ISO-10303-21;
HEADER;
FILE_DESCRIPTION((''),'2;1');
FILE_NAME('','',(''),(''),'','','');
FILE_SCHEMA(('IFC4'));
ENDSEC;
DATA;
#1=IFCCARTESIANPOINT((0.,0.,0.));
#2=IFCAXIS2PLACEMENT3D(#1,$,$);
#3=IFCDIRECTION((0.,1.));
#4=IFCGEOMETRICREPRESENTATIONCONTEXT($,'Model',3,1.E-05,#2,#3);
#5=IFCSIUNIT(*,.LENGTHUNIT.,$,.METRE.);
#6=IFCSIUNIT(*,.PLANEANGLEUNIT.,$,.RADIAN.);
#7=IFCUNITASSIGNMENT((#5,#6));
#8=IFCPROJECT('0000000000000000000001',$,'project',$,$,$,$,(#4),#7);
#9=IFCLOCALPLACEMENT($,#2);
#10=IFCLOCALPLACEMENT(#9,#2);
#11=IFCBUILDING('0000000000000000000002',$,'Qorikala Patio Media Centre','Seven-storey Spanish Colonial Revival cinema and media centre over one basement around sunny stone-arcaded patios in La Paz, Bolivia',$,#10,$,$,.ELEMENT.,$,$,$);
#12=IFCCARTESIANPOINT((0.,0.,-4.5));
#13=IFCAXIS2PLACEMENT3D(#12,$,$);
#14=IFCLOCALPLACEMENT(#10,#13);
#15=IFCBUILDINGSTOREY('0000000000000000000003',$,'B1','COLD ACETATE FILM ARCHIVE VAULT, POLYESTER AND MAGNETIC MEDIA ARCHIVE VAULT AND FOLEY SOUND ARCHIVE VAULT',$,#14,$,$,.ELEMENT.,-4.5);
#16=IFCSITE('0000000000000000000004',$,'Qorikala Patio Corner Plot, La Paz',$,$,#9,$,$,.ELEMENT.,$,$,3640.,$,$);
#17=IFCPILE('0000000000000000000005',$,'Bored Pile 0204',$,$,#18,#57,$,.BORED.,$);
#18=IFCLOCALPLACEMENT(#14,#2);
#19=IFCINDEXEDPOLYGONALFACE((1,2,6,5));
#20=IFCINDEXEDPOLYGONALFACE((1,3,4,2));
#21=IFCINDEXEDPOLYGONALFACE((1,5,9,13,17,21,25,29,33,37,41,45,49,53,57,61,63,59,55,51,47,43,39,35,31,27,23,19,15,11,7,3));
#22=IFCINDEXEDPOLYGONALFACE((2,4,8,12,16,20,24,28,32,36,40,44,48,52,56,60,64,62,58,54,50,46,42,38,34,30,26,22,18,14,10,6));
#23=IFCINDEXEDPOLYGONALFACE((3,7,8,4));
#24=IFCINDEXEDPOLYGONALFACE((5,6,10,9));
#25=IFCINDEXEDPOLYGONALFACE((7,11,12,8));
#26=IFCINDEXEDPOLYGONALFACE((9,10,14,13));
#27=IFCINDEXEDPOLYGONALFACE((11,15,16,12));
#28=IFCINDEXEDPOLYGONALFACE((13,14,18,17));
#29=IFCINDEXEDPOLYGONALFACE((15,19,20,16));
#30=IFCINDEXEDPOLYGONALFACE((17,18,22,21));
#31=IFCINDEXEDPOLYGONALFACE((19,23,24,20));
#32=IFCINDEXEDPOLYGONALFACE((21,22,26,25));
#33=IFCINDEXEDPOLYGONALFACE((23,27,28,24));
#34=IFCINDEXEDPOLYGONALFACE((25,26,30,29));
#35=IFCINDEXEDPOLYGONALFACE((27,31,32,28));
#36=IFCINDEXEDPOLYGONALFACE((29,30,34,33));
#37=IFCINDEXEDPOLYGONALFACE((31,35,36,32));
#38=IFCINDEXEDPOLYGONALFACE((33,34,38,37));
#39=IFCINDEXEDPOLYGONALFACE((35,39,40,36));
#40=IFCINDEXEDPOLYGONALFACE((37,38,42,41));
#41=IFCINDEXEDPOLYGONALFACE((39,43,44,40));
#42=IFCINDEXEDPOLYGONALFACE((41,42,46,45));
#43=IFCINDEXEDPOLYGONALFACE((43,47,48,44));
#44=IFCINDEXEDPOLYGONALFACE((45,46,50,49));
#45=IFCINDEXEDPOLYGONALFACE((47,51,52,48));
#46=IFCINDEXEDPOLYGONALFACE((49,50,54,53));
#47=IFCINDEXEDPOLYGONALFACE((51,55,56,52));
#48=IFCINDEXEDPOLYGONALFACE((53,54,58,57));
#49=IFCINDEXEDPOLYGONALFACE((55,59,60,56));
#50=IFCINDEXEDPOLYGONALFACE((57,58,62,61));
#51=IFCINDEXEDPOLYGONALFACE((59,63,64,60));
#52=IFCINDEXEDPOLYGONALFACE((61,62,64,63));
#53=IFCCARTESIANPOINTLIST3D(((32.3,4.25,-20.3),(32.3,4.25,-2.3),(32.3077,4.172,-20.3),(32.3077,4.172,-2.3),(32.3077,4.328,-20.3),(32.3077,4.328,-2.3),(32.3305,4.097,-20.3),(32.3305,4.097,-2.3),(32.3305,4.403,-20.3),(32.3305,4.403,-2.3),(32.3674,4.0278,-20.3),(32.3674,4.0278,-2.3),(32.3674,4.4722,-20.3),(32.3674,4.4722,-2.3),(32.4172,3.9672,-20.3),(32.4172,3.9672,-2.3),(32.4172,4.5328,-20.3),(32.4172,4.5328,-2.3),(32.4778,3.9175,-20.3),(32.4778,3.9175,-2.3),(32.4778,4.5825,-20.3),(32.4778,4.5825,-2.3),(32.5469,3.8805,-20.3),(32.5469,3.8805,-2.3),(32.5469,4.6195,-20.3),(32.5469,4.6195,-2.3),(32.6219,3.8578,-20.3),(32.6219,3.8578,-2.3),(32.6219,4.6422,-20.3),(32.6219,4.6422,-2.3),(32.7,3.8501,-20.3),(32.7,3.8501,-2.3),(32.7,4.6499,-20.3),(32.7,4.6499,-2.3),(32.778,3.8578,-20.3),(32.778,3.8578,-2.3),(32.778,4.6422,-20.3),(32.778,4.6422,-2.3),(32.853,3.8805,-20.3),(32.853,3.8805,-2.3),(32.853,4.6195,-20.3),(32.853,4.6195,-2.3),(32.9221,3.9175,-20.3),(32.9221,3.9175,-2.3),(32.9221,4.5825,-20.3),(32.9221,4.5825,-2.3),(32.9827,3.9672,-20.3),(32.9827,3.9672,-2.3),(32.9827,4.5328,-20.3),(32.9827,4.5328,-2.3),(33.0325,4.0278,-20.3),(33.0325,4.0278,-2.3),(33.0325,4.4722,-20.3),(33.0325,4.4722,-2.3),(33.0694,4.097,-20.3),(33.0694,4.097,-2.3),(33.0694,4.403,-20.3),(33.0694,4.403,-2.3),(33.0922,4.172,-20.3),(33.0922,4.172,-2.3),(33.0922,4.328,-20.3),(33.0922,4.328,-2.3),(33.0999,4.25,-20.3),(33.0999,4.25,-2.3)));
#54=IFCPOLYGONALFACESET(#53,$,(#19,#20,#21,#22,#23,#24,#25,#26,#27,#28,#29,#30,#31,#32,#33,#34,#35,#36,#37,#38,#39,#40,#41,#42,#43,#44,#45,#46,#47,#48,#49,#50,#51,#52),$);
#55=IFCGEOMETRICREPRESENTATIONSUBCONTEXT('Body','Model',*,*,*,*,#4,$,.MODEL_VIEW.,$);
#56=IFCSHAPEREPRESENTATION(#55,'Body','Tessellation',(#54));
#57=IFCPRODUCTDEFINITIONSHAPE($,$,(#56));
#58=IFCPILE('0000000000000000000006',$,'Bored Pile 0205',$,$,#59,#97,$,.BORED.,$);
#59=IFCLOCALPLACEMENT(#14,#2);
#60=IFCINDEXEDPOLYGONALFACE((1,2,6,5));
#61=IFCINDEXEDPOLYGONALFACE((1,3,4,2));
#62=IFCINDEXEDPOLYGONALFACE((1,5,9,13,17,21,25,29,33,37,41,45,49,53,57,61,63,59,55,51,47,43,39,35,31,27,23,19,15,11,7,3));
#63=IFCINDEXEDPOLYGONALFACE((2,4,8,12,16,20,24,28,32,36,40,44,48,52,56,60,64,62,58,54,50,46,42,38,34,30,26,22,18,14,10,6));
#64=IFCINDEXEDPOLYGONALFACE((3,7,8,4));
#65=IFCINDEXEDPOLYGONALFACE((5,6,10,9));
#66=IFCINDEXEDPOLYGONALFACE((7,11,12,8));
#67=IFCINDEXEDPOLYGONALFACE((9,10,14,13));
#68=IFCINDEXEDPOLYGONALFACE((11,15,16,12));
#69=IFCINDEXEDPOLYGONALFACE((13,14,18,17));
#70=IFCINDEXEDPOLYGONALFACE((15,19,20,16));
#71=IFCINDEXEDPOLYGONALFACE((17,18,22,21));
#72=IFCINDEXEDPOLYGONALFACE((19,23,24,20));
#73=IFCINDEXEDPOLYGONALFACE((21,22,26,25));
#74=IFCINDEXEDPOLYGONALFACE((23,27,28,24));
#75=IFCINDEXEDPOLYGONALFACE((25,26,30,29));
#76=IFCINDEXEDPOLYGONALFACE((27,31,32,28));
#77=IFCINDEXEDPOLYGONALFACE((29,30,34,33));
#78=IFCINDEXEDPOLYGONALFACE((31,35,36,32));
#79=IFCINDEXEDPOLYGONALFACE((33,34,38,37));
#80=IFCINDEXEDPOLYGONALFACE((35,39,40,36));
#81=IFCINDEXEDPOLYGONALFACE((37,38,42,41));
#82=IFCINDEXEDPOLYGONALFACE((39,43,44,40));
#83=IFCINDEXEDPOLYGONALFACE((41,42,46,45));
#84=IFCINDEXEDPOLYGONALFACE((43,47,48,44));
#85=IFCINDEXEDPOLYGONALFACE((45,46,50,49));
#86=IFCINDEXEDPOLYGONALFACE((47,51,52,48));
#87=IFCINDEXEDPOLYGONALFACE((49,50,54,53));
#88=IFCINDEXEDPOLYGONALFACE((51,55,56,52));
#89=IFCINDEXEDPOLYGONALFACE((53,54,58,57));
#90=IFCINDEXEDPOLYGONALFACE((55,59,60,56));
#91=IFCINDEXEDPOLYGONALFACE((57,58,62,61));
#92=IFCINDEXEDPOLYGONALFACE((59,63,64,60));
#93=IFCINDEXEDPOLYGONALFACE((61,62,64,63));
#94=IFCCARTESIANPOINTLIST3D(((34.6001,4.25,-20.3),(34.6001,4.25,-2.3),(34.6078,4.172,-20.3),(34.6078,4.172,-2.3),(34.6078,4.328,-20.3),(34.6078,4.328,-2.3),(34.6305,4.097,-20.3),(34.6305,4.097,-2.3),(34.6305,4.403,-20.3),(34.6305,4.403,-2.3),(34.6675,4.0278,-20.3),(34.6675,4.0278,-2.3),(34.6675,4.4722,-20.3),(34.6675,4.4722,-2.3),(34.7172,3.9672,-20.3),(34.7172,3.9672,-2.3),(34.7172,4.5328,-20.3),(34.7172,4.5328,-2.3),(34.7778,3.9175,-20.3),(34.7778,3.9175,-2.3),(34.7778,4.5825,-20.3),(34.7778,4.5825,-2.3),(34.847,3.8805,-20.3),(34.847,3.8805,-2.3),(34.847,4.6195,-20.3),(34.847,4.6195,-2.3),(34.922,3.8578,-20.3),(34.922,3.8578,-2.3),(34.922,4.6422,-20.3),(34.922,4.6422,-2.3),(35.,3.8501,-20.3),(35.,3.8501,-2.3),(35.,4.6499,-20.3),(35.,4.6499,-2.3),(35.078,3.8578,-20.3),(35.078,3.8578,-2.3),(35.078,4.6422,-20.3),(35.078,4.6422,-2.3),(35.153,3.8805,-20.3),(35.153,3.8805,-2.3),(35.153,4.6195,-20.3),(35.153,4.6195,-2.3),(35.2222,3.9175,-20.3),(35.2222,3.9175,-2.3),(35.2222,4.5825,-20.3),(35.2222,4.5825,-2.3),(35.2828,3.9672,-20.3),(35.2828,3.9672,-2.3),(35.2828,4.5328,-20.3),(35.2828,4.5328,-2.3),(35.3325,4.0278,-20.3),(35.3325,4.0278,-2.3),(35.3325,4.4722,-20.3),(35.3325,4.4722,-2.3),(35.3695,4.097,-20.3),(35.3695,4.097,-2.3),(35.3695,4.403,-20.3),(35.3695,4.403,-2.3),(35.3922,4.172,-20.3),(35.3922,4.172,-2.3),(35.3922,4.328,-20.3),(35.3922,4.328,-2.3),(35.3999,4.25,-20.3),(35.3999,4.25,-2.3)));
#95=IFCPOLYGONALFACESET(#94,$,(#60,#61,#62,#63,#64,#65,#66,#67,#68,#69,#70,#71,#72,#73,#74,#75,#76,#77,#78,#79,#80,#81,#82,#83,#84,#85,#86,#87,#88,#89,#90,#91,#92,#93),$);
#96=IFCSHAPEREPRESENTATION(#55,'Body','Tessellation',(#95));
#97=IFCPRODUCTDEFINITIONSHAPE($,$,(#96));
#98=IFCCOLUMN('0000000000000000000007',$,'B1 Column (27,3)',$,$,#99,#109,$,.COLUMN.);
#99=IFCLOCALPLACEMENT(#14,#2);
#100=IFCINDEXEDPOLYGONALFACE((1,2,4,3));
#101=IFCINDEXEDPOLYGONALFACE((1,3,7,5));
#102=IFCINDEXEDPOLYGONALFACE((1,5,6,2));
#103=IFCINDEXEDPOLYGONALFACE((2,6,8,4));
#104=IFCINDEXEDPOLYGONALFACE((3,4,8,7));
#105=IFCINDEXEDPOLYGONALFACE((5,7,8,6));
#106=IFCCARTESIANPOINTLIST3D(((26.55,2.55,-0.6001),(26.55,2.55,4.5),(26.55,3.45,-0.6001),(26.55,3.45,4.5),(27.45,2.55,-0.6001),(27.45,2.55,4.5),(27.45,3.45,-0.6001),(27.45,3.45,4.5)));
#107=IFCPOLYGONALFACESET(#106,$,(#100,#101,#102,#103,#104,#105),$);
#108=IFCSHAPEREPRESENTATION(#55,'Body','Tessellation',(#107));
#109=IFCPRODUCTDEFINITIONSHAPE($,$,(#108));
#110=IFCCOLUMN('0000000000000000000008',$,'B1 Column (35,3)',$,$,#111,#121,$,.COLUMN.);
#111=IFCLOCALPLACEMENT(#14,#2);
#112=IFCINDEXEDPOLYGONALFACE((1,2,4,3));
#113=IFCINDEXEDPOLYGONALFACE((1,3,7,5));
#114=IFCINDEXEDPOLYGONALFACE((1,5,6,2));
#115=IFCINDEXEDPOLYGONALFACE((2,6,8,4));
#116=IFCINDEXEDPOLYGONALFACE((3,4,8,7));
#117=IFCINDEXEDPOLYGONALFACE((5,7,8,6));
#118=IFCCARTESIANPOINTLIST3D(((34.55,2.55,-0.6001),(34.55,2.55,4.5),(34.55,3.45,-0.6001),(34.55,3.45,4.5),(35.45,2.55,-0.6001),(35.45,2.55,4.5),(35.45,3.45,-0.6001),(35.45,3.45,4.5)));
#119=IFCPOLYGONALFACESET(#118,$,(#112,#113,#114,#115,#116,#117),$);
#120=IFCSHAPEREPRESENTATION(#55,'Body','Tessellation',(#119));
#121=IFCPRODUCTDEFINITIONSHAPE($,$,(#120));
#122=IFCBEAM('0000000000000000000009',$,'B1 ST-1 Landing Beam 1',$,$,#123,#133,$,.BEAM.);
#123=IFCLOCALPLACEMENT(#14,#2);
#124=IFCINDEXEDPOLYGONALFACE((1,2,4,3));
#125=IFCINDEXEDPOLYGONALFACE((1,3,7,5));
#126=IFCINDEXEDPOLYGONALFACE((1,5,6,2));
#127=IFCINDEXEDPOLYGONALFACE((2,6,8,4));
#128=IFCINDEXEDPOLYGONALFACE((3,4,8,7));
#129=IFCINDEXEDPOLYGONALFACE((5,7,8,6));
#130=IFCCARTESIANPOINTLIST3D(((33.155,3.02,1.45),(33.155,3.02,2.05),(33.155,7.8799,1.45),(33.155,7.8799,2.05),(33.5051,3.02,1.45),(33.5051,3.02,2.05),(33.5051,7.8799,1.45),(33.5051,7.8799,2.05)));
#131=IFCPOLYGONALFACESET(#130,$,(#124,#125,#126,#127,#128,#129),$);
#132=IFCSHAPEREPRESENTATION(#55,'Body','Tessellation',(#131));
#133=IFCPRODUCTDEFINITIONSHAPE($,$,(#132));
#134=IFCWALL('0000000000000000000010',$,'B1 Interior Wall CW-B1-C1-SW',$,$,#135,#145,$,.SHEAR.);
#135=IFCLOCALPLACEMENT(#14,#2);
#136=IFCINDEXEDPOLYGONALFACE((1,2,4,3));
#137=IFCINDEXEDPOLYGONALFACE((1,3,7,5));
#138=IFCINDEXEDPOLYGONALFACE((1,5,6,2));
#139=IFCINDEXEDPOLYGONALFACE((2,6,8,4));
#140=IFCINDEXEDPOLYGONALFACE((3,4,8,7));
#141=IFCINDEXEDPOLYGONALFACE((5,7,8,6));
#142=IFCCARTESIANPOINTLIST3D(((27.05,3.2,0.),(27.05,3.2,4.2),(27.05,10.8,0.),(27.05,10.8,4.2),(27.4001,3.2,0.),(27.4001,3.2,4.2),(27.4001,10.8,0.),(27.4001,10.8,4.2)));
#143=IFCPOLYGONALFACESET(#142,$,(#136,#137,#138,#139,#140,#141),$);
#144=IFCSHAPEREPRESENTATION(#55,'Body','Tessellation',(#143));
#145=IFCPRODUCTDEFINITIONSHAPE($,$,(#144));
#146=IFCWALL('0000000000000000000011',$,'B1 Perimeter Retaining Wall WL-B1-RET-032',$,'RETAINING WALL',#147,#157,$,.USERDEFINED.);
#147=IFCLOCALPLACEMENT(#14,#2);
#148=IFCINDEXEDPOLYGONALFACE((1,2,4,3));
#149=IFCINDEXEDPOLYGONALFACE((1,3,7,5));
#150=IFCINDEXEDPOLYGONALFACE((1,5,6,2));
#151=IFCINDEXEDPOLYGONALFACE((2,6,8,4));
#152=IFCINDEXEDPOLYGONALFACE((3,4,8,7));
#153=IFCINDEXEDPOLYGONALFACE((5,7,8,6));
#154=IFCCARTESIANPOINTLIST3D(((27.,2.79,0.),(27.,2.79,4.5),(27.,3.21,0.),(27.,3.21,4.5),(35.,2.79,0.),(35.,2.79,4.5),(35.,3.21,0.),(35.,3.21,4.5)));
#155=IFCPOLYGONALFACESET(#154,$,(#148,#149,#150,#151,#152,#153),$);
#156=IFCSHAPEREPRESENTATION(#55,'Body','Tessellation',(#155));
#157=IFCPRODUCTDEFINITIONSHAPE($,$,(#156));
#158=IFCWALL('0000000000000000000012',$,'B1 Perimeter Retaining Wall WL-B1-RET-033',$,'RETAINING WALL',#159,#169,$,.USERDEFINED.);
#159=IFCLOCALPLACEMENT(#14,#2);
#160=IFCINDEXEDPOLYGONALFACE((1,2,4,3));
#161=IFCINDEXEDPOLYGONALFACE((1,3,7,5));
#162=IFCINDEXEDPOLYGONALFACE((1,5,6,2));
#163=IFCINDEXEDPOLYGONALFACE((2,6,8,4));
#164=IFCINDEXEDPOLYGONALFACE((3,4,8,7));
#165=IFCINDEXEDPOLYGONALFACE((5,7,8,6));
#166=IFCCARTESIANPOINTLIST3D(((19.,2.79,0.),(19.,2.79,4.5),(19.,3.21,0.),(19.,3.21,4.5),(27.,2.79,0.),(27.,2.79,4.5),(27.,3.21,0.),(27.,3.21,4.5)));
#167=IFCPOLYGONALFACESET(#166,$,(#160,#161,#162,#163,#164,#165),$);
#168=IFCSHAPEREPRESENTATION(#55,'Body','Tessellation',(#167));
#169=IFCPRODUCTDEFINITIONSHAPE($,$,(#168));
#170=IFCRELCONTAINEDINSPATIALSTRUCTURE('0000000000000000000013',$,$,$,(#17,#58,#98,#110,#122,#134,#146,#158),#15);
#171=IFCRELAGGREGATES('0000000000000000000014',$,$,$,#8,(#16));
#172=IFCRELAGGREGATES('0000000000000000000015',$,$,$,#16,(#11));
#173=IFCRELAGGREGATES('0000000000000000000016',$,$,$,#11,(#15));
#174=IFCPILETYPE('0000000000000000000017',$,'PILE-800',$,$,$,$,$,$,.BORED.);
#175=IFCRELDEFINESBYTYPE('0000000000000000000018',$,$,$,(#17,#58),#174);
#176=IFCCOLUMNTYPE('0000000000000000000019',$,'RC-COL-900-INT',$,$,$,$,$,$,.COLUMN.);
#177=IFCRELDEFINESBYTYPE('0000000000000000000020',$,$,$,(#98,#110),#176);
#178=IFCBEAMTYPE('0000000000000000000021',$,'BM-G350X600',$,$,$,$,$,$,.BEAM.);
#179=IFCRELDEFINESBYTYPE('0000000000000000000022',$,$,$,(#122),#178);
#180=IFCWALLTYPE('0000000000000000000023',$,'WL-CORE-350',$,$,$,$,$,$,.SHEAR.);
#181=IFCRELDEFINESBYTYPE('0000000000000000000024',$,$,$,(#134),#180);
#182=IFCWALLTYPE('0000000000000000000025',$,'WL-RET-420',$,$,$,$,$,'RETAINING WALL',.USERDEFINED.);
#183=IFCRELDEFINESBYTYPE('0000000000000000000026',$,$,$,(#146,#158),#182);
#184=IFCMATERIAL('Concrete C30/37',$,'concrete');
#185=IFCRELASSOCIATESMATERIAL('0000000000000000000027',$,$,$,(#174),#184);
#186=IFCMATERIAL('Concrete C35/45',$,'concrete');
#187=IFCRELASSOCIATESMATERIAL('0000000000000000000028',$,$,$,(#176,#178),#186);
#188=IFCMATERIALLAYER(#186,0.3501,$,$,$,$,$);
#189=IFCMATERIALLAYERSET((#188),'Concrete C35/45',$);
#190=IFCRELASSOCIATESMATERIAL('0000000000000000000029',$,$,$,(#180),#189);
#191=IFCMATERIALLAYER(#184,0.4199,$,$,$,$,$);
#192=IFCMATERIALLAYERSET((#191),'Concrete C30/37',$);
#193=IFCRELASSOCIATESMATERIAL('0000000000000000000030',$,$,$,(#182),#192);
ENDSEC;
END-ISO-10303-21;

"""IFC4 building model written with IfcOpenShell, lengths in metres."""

from ifc_helpers import new_model, si_unit, direction, frame, frame_2d, origin, origin_2d, place, context, subcontext, project, spatial, rectangle, circle, extrude, material, layer, layer_set, material_profile, profile_set, type_object, element, save


model = new_model("IFC4")

# Units and contexts
model_context = context("Model", 3, precision=1e-05, world=origin(), true_north=direction((0.0, 1.0)))
body_context = subcontext(model_context, "Body", "Model", "MODEL_VIEW")
ifc_project = project(units=[si_unit("LENGTHUNIT", "METRE"), si_unit("PLANEANGLEUNIT", "RADIAN")], contexts=[model_context])

# Site, building, storey
site_placement = place(None, origin())
site = spatial("IfcSite", under=ifc_project, at=site_placement, Name="Qorikala Patio Corner Plot, La Paz", CompositionType="ELEMENT", RefElevation=3640.0)
building_placement = place(site_placement, origin())
building = spatial("IfcBuilding", under=site, at=building_placement, Name="Qorikala Patio Media Centre", Description="Seven-storey Spanish Colonial Revival cinema and media centre over one basement around sunny stone-arcaded patios in La Paz, Bolivia", CompositionType="ELEMENT")
storey_placement = place(building_placement, frame((0.0, 0.0, -4.5)))
storey = spatial("IfcBuildingStorey", under=building, at=storey_placement, Name="B1", Description="COLD ACETATE FILM ARCHIVE VAULT, POLYESTER AND MAGNETIC MEDIA ARCHIVE VAULT AND FOLEY SOUND ARCHIVE VAULT", CompositionType="ELEMENT", Elevation=-4.5)

# Shared definitions
ifc_material_1 = material(Name="Concrete C30/37", Category="concrete")

# Piles
ifc_material_profile_1 = material_profile(ifc_material_1, circle(Radius=0.3999, at=origin_2d()), Name="BORED PILE 800")
ifc_profile_set_1 = profile_set([ifc_material_profile_1], Name="Concrete C30/37")
pile_type = type_object("IfcPileType", Name="PILE-800", PredefinedType="BORED", material=ifc_profile_set_1)
for number, where, z_axis, x_axis, name in (
    (1, (32.7, 4.25, -2.3), (0.0, 0.0, -1.0), (1.0, 0.0, 0.0), "Bored Pile 0204"),
    (2, (35.0, 4.25, -2.3), (0.0, 0.0, -1.0), (1.0, 0.0, 0.0), "Bored Pile 0205"),
):
    element("IfcPile", number, at=place(storey_placement, frame(where, z_axis=z_axis, x_axis=x_axis)), inside=storey, type_object=pile_type, Name=name, PredefinedType="BORED", context=body_context, shape_type="SweptSolid", body=[
        extrude(circle(Radius=0.3999, at=origin_2d()), origin(), (0.0, 0.0, 1.0), 18.0),
    ])

# Columns
ifc_material_2 = material(Name="Concrete C35/45", Category="concrete")
ifc_material_profile_2 = material_profile(ifc_material_2, rectangle(XDim=0.8999, YDim=0.8999, at=origin_2d()), Name="RC 900x900")
ifc_profile_set_2 = profile_set([ifc_material_profile_2], Name="Concrete C35/45")
column_type = type_object("IfcColumnType", Name="RC-COL-900-INT", PredefinedType="COLUMN", material=ifc_profile_set_2)
for number, where, z_axis, x_axis, name in (
    (3, (27.0, 3.0, -0.6001), (0.0, 0.0, 1.0), (1.0, 0.0, 0.0), "B1 Column (27,3)"),
    (4, (35.0, 3.0, -0.6001), (0.0, 0.0, 1.0), (1.0, 0.0, 0.0), "B1 Column (35,3)"),
):
    element("IfcColumn", number, at=place(storey_placement, frame(where, z_axis=z_axis, x_axis=x_axis)), inside=storey, type_object=column_type, Name=name, PredefinedType="COLUMN", context=body_context, shape_type="SweptSolid", body=[
        extrude(rectangle(XDim=0.8999, YDim=0.8999, at=origin_2d()), origin(), (0.0, 0.0, 1.0), 5.1001),
    ])

# Beam
ifc_material_profile_3 = material_profile(ifc_material_2, rectangle(XDim=0.3501, YDim=0.6001, at=origin_2d()), Name="RC 350x600")
ifc_profile_set_3 = profile_set([ifc_material_profile_3], Name="Concrete C35/45")
beam_type = type_object("IfcBeamType", Name="BM-G350X600", PredefinedType="BEAM", material=ifc_profile_set_3)
beam_placement = place(storey_placement, frame((33.3301, 3.02, 1.75), z_axis=(0.0, 1.0, 0.0), x_axis=(-1.0, 0.0, 0.0)))
element("IfcBeam", 5, at=beam_placement, inside=storey, type_object=beam_type, Name="B1 ST-1 Landing Beam 1", PredefinedType="BEAM", context=body_context, shape_type="SweptSolid", body=[
    extrude(rectangle(XDim=0.3501, YDim=0.6001, at=origin_2d()), origin(), (0.0, 0.0, 1.0), 4.8599),
])

# Walls
ifc_layer_1 = layer(ifc_material_2, 0.3501)
ifc_layer_set_1 = layer_set([ifc_layer_1], Name="Concrete C35/45")
wall_type_1 = type_object("IfcWallType", Name="WL-CORE-350", PredefinedType="SHEAR", material=ifc_layer_set_1)
wall_placement = place(storey_placement, frame((27.2251, 3.2, 0.0), z_axis=(0.0, 0.0, 1.0), x_axis=(0.0, 1.0, 0.0)))
element("IfcWall", 6, at=wall_placement, inside=storey, type_object=wall_type_1, Name="B1 Interior Wall CW-B1-C1-SW", PredefinedType="SHEAR", context=body_context, shape_type="SweptSolid", body=[
    extrude(rectangle(XDim=7.6001, YDim=0.3501, at=frame_2d((3.8, 0.0))), origin(), (0.0, 0.0, 1.0), 4.2),
])
ifc_layer_2 = layer(ifc_material_1, 0.4199)
ifc_layer_set_2 = layer_set([ifc_layer_2], Name="Concrete C30/37")
wall_type_2 = type_object("IfcWallType", Name="WL-RET-420", ElementType="RETAINING WALL", PredefinedType="USERDEFINED", material=ifc_layer_set_2)
for number, where, z_axis, x_axis, name in (
    (7, (35.0, 3.0, 0.0), (0.0, 0.0, 1.0), (-1.0, 0.0, 0.0), "B1 Perimeter Retaining Wall WL-B1-RET-032"),
    (8, (27.0, 3.0, 0.0), (0.0, 0.0, 1.0), (-1.0, 0.0, 0.0), "B1 Perimeter Retaining Wall WL-B1-RET-033"),
):
    element("IfcWall", number, at=place(storey_placement, frame(where, z_axis=z_axis, x_axis=x_axis)), inside=storey, type_object=wall_type_2, Name=name, ObjectType="RETAINING WALL", PredefinedType="USERDEFINED", context=body_context, shape_type="SweptSolid", body=[
        extrude(rectangle(XDim=8.0, YDim=0.4199, at=frame_2d((4.0, 0.0))), origin(), (0.0, 0.0, 1.0), 4.5),
    ])

save(model, "model.ifc")
